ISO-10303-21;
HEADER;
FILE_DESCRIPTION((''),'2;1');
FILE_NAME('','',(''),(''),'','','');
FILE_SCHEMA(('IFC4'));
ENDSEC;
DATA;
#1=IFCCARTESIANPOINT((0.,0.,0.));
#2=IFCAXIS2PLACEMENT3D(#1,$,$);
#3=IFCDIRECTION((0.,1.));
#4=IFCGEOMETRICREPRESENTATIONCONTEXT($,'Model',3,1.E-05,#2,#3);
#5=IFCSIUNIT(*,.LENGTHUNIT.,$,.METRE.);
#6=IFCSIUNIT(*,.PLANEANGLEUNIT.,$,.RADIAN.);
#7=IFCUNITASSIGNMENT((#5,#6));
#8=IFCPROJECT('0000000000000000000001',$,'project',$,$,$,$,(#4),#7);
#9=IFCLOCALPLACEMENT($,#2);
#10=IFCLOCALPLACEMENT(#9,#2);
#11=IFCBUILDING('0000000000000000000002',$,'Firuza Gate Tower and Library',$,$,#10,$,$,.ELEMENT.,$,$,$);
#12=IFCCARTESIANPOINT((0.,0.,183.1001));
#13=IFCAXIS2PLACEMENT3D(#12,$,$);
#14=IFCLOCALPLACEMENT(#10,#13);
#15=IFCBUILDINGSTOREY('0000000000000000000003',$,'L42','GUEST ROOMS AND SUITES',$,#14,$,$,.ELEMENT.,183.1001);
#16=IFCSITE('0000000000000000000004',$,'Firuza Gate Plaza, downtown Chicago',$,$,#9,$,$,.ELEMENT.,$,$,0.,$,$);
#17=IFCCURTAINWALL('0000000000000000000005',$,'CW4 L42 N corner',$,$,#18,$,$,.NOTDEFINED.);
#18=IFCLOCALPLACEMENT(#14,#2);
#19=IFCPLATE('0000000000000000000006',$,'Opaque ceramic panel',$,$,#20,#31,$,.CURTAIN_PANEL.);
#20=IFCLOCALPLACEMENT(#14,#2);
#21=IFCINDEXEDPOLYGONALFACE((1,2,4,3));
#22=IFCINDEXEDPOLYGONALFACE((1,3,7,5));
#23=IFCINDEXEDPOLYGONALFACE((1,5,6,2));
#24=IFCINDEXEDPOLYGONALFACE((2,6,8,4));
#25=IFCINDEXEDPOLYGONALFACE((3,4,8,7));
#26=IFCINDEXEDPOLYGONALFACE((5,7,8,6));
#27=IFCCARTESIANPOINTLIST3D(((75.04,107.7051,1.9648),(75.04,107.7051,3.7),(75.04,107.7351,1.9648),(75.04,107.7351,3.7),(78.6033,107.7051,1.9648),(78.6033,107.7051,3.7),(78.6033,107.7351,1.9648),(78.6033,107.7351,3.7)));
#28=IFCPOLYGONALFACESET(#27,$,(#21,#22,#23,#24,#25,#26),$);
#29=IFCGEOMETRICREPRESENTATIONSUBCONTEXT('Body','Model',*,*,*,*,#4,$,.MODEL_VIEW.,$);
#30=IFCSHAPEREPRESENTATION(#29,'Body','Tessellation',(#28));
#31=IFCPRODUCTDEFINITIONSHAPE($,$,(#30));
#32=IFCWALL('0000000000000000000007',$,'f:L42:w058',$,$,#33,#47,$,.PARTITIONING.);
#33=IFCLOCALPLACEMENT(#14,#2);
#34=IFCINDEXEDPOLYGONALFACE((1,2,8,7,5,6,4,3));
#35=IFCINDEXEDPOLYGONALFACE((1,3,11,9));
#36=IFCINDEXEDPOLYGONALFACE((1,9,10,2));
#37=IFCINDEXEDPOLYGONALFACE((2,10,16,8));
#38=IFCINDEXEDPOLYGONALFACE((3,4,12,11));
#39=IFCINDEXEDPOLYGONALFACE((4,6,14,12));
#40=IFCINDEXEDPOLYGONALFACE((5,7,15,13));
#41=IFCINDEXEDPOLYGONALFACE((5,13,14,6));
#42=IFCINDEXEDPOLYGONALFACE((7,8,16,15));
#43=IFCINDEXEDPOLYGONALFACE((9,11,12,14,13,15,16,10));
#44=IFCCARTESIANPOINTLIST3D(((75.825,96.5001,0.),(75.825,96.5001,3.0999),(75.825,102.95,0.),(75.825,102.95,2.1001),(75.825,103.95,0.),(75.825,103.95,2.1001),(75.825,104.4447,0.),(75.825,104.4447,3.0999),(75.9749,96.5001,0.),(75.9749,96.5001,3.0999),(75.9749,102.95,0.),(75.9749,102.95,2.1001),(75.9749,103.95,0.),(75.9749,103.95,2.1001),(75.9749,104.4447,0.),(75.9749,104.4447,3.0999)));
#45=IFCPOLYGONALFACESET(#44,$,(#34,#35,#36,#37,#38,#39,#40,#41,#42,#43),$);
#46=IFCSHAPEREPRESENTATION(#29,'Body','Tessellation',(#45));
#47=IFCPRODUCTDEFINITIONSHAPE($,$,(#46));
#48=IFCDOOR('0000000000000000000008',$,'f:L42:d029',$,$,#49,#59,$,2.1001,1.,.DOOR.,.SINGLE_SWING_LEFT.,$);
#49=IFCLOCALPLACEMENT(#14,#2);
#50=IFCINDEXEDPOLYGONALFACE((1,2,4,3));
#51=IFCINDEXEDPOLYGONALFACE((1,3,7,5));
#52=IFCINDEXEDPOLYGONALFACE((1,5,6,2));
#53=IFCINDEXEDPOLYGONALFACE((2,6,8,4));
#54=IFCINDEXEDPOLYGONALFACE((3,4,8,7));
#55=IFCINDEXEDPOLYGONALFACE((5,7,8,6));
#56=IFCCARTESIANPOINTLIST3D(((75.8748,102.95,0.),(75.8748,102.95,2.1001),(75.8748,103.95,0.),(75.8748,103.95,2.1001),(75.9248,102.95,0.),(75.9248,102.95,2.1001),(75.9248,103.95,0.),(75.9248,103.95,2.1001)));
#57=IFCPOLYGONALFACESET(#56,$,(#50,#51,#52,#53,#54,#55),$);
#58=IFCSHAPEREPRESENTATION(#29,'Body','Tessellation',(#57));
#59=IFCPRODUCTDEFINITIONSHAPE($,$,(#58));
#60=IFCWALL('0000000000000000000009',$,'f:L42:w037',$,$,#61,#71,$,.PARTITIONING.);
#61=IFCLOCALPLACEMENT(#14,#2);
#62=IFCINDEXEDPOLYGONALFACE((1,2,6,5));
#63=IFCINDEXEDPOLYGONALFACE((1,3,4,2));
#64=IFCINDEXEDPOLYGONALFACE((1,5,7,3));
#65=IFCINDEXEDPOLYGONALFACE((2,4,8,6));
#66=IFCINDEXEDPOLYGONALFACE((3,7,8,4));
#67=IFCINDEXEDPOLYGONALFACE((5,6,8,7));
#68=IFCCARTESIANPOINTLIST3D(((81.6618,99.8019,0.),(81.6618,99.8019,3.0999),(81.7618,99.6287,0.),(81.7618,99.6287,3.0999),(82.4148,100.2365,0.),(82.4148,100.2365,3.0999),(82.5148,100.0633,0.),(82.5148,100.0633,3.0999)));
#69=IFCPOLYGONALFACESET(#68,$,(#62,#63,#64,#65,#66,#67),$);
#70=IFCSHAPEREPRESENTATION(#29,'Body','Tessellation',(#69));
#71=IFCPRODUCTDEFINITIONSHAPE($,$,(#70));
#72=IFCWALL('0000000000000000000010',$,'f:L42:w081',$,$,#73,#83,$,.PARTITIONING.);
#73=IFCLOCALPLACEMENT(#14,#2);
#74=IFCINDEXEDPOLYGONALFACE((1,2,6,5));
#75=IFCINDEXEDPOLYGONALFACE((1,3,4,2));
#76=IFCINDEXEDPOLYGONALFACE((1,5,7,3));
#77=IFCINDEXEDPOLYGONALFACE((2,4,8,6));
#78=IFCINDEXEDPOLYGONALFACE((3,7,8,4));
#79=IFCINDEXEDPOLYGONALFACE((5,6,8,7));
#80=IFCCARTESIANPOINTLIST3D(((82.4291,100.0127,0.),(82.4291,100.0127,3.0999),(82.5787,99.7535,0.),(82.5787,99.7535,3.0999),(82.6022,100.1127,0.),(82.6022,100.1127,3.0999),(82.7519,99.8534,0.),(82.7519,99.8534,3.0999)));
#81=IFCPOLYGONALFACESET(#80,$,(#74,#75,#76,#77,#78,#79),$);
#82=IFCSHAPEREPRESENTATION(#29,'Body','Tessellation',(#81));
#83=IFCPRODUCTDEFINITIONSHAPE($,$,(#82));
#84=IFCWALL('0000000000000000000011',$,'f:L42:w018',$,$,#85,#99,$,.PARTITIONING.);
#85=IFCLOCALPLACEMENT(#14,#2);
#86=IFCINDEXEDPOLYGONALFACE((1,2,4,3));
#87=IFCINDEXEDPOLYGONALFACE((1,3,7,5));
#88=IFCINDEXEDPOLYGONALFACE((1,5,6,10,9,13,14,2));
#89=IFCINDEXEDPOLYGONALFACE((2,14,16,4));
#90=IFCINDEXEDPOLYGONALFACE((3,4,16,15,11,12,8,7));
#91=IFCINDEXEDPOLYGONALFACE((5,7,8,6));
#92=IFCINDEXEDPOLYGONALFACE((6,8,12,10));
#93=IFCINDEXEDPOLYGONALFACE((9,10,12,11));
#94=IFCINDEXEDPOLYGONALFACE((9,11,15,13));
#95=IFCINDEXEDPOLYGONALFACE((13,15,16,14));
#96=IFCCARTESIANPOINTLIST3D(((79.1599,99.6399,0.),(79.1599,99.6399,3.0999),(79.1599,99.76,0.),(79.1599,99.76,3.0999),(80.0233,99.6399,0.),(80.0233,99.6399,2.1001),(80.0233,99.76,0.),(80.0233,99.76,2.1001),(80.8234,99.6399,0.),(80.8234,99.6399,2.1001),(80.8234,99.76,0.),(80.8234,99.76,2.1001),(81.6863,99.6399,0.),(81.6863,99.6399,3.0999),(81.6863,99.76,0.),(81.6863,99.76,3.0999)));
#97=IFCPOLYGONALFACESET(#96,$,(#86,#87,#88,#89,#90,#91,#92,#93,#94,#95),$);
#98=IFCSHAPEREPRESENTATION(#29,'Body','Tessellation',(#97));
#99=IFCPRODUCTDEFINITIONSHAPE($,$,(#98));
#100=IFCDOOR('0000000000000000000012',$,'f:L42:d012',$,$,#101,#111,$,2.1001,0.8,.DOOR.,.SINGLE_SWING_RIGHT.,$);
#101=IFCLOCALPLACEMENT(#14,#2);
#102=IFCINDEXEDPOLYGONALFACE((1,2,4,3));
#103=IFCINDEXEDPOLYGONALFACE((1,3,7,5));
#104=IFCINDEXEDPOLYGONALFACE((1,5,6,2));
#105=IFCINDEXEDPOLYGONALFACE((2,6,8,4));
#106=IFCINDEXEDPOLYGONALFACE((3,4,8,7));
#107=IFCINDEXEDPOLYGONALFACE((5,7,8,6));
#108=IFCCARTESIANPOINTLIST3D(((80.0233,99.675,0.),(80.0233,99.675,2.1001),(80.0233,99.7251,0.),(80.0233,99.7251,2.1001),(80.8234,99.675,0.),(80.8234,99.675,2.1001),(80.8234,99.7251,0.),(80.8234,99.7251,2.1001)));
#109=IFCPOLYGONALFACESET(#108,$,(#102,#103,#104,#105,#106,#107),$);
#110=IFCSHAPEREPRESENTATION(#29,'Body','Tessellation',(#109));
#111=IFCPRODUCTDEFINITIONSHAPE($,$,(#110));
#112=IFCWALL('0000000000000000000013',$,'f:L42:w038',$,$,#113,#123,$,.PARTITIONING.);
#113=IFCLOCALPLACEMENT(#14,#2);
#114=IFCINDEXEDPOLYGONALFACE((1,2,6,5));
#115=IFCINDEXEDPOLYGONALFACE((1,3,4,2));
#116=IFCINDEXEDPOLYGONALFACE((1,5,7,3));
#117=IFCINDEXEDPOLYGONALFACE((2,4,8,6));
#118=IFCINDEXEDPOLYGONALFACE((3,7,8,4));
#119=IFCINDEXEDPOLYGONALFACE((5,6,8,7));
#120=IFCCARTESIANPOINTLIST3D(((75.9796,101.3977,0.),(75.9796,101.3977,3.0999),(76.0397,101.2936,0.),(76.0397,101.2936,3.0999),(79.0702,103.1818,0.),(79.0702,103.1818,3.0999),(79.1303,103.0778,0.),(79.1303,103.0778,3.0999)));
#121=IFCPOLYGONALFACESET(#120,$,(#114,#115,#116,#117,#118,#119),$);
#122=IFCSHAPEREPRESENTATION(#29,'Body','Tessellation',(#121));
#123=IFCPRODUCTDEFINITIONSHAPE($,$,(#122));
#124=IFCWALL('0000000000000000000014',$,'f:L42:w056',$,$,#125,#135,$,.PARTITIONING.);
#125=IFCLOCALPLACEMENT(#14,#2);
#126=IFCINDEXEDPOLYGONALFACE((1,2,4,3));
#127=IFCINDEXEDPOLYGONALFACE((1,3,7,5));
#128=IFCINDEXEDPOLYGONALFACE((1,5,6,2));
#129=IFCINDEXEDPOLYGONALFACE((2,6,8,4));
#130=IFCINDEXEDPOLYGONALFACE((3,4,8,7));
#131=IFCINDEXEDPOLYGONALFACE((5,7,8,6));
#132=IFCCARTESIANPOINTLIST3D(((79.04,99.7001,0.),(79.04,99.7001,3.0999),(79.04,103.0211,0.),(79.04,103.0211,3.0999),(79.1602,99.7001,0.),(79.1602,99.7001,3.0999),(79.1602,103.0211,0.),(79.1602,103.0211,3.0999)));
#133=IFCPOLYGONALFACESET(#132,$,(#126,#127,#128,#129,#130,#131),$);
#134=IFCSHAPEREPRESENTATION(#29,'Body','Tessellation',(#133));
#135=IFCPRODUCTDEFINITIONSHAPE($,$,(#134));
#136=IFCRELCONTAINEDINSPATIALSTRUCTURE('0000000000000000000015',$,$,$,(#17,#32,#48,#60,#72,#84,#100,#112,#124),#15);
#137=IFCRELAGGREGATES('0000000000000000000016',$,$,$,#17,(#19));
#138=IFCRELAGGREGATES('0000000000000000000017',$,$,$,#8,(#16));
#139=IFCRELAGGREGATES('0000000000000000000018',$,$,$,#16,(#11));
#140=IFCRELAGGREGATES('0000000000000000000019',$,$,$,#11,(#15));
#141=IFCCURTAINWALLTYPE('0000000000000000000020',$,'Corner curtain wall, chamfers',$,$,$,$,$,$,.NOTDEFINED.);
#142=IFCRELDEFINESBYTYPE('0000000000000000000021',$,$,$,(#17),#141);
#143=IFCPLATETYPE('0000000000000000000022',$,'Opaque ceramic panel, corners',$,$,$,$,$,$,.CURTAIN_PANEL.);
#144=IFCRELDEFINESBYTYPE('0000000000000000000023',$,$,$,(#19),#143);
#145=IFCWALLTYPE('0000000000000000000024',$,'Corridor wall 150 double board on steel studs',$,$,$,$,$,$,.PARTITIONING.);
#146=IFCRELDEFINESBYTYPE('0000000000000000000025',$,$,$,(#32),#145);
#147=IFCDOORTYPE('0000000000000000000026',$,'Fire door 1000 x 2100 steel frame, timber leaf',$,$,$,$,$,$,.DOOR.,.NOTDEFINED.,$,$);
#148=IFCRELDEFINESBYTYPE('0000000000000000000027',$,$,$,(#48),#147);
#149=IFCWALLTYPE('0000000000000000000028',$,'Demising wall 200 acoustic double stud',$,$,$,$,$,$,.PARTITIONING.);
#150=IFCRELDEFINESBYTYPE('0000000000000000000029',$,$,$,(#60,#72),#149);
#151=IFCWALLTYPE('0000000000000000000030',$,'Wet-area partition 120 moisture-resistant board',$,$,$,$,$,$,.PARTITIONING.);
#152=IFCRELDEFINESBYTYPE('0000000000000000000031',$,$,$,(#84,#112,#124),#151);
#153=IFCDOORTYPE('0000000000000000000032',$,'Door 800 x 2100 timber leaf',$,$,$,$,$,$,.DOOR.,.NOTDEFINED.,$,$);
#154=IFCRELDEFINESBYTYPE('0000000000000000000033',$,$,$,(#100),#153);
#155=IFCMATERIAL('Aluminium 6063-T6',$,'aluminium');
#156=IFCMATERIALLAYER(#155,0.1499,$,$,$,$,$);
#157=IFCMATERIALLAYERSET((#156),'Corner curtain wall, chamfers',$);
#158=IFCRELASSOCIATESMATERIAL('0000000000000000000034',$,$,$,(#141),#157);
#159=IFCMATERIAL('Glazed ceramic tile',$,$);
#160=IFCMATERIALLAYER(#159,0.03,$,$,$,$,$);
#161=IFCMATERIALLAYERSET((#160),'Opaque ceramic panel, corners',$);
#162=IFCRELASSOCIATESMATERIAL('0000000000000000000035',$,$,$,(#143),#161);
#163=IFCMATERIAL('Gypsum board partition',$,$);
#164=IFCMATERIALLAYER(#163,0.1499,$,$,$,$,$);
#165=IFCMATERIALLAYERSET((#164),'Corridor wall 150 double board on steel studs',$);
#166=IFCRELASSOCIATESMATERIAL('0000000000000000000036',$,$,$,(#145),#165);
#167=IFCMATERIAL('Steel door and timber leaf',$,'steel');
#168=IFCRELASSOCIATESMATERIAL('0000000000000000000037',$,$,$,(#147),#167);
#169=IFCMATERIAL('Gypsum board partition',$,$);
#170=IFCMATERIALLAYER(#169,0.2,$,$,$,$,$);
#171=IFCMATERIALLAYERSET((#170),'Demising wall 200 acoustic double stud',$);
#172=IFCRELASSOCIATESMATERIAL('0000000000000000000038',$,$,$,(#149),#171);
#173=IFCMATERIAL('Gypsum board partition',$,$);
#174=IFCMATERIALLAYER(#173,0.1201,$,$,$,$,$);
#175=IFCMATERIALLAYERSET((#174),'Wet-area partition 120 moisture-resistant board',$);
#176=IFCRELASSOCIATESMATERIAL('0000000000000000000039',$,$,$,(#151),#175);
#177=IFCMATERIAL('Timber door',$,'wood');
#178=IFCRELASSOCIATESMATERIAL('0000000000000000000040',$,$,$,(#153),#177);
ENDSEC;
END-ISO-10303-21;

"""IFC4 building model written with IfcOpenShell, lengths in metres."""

from ifc_helpers import new_model, si_unit, direction, frame, frame_2d, origin, place, context, subcontext, project, spatial, polyline, rectangle, outline, extrude, material, layer, layer_set, type_object, element, fill, aggregate, save


model = new_model("IFC4")

# Units and contexts
model_context = context("Model", 3, precision=1e-05, world=origin(), true_north=direction((0.0, 1.0)))
body_context = subcontext(model_context, "Body", "Model", "MODEL_VIEW")
ifc_project = project(units=[si_unit("LENGTHUNIT", "METRE"), si_unit("PLANEANGLEUNIT", "RADIAN")], contexts=[model_context])

# Site, building, storey
site_placement = place(None, origin())
site = spatial("IfcSite", under=ifc_project, at=site_placement, Name="Firuza Gate Plaza, downtown Chicago", CompositionType="ELEMENT", RefElevation=0.0)
building_placement = place(site_placement, origin())
building = spatial("IfcBuilding", under=site, at=building_placement, Name="Firuza Gate Tower and Library", CompositionType="ELEMENT")
storey_placement = place(building_placement, frame((0.0, 0.0, 183.1001)))
storey = spatial("IfcBuildingStorey", under=building, at=storey_placement, Name="L42", Description="GUEST ROOMS AND SUITES", CompositionType="ELEMENT", Elevation=183.1001)

# Curtain wall
ifc_material_1 = material(Name="Aluminium 6063-T6", Category="aluminium")
ifc_layer_1 = layer(ifc_material_1, 0.1499)
ifc_layer_set_1 = layer_set([ifc_layer_1], Name="Corner curtain wall, chamfers")
curtain_wall_type = type_object("IfcCurtainWallType", Name="Corner curtain wall, chamfers", PredefinedType="NOTDEFINED", material=ifc_layer_set_1)
curtain_wall_placement = place(storey_placement, origin())
curtain_wall = element("IfcCurtainWall", 1, at=curtain_wall_placement, inside=storey, type_object=curtain_wall_type, Name="CW4 L42 N corner", PredefinedType="NOTDEFINED")

# Plate
ifc_material_2 = material(Name="Glazed ceramic tile")
ifc_layer_2 = layer(ifc_material_2, 0.03)
ifc_layer_set_2 = layer_set([ifc_layer_2], Name="Opaque ceramic panel, corners")
plate_type_1 = type_object("IfcPlateType", Name="Opaque ceramic panel, corners", PredefinedType="CURTAIN_PANEL", material=ifc_layer_set_2)
plate_1_placement = place(storey_placement, frame((78.6033, 107.7351, 1.9648), z_axis=(0.0, 1.0, 0.0), x_axis=(-1.0, 0.0, 0.0)))
plate_1 = element("IfcPlate", 2, at=plate_1_placement, type_object=plate_type_1, Name="Opaque ceramic panel", PredefinedType="CURTAIN_PANEL", context=body_context, shape_type="SweptSolid", body=[
    extrude(outline(polyline([(0.0, 0.0), (3.5632, 0.0), (3.5632, 1.7351), (0.0, 1.7351), (0.0, 0.0)])), origin(), (0.0, 0.0, -1.0), 0.03),
])
aggregate(curtain_wall, [plate_1])

# Wall, opening, door
ifc_material_3 = material(Name="Gypsum board partition")
ifc_layer_3 = layer(ifc_material_3, 0.1499)
ifc_layer_set_3 = layer_set([ifc_layer_3], Name="Corridor wall 150 double board on steel studs")
wall_type_1 = type_object("IfcWallType", Name="Corridor wall 150 double board on steel studs", PredefinedType="PARTITIONING", material=ifc_layer_set_3)
wall_1_placement = place(storey_placement, frame((75.8999, 104.4446, 0.0), z_axis=(0.0, 0.0, 1.0), x_axis=(0.0, -1.0, 0.0)))
wall_1 = element("IfcWall", 3, at=wall_1_placement, inside=storey, type_object=wall_type_1, Name="f:L42:w058", PredefinedType="PARTITIONING", context=body_context, shape_type="SweptSolid", body=[
    extrude(rectangle(XDim=7.9446, YDim=0.1499, at=frame_2d((3.9722, 0.0))), origin(), (0.0, 0.0, 1.0), 3.0999),
])
opening_1_placement = place(wall_1_placement, frame((0.4946, 0.0, 0.0)))
opening_1 = element("IfcOpeningElement", 4, at=opening_1_placement, cuts=wall_1, PredefinedType="OPENING", context=body_context, shape_type="SweptSolid", body=[
    extrude(rectangle(XDim=1.0, YDim=2.1001, at=frame_2d((0.5, 1.05))), frame((0.0, 0.085, 0.0), z_axis=(0.0, -1.0, 0.0), x_axis=(1.0, 0.0, 0.0)), (0.0, 0.0, 1.0), 0.1699),
])
ifc_material_4 = material(Name="Steel door and timber leaf", Category="steel")
door_type_1 = type_object("IfcDoorType", Name="Fire door 1000 x 2100 steel frame, timber leaf", OperationType="NOTDEFINED", PredefinedType="DOOR", material=ifc_material_4)
door_1_placement = place(opening_1_placement, origin())
door_1 = element("IfcDoor", 5, at=door_1_placement, inside=storey, type_object=door_type_1, Name="f:L42:d029", OperationType="SINGLE_SWING_LEFT", OverallHeight=2.1001, OverallWidth=1.0, PredefinedType="DOOR", context=body_context, shape_type="SweptSolid", body=[
    extrude(rectangle(XDim=1.0, YDim=2.1001, at=frame_2d((0.5, 1.05))), frame((0.0, 0.0249, 0.0), z_axis=(0.0, -1.0, 0.0), x_axis=(1.0, 0.0, 0.0)), (0.0, 0.0, 1.0), 0.05),
])
fill(opening_1, door_1)

# Walls
ifc_material_5 = material(Name="Gypsum board partition")
ifc_layer_4 = layer(ifc_material_5, 0.2)
ifc_layer_set_4 = layer_set([ifc_layer_4], Name="Demising wall 200 acoustic double stud")
wall_type_2 = type_object("IfcWallType", Name="Demising wall 200 acoustic double stud", PredefinedType="PARTITIONING", material=ifc_layer_set_4)
wall_2_placement = place(storey_placement, frame((81.7119, 99.7153, 0.0), z_axis=(0.0, 0.0, 1.0), x_axis=(0.866092, 0.499885, 0.0)))
element("IfcWall", 6, at=wall_2_placement, inside=storey, type_object=wall_type_2, Name="f:L42:w037", PredefinedType="PARTITIONING", context=body_context, shape_type="SweptSolid", body=[
    extrude(rectangle(XDim=0.8694, YDim=0.2, at=frame_2d((0.4346, 0.0))), origin(), (0.0, 0.0, 1.0), 3.0999),
])
wall_3_placement = place(storey_placement, frame((82.6653, 99.8035, 0.0), z_axis=(0.0, 0.0, 1.0), x_axis=(-0.499911, 0.866077, 0.0)))
element("IfcWall", 7, at=wall_3_placement, inside=storey, type_object=wall_type_2, Name="f:L42:w081", PredefinedType="PARTITIONING", context=body_context, shape_type="SweptSolid", body=[
    extrude(rectangle(XDim=0.2993, YDim=0.2, at=frame_2d((0.1497, 0.0))), origin(), (0.0, 0.0, 1.0), 3.0999),
])

# Wall, opening, door
ifc_material_6 = material(Name="Gypsum board partition")
ifc_layer_5 = layer(ifc_material_6, 0.1201)
ifc_layer_set_5 = layer_set([ifc_layer_5], Name="Wet-area partition 120 moisture-resistant board")
wall_type_3 = type_object("IfcWallType", Name="Wet-area partition 120 moisture-resistant board", PredefinedType="PARTITIONING", material=ifc_layer_set_5)
wall_4_placement = place(storey_placement, frame((81.6863, 99.7, 0.0), z_axis=(0.0, 0.0, 1.0), x_axis=(-1.0, 0.0, 0.0)))
wall_4 = element("IfcWall", 8, at=wall_4_placement, inside=storey, type_object=wall_type_3, Name="f:L42:w018", PredefinedType="PARTITIONING", context=body_context, shape_type="SweptSolid", body=[
    extrude(rectangle(XDim=2.5264, YDim=0.1201, at=frame_2d((1.2632, 0.0))), origin(), (0.0, 0.0, 1.0), 3.0999),
])
opening_2_placement = place(wall_4_placement, frame((0.863, 0.0, 0.0)))
opening_2 = element("IfcOpeningElement", 9, at=opening_2_placement, cuts=wall_4, PredefinedType="OPENING", context=body_context, shape_type="SweptSolid", body=[
    extrude(rectangle(XDim=0.8, YDim=2.1001, at=frame_2d((0.3999, 1.05))), frame((0.0, 0.0701, 0.0), z_axis=(0.0, -1.0, 0.0), x_axis=(1.0, 0.0, 0.0)), (0.0, 0.0, 1.0), 0.1401),
])
ifc_material_7 = material(Name="Timber door", Category="wood")
door_type_2 = type_object("IfcDoorType", Name="Door 800 x 2100 timber leaf", OperationType="NOTDEFINED", PredefinedType="DOOR", material=ifc_material_7)
door_2_placement = place(opening_2_placement, origin())
door_2 = element("IfcDoor", 10, at=door_2_placement, inside=storey, type_object=door_type_2, Name="f:L42:d012", OperationType="SINGLE_SWING_RIGHT", OverallHeight=2.1001, OverallWidth=0.8, PredefinedType="DOOR", context=body_context, shape_type="SweptSolid", body=[
    extrude(rectangle(XDim=0.8, YDim=2.1001, at=frame_2d((0.3999, 1.05))), frame((0.0, 0.0249, 0.0), z_axis=(0.0, -1.0, 0.0), x_axis=(1.0, 0.0, 0.0)), (0.0, 0.0, 1.0), 0.05),
])
fill(opening_2, door_2)

# Walls
wall_5_placement = place(storey_placement, frame((76.0098, 101.3457, 0.0), z_axis=(0.0, 0.0, 1.0), x_axis=(0.866045, 0.499965, 0.0)))
element("IfcWall", 11, at=wall_5_placement, inside=storey, type_object=wall_type_3, Name="f:L42:w038", PredefinedType="PARTITIONING", context=body_context, shape_type="SweptSolid", body=[
    extrude(rectangle(XDim=3.5686, YDim=0.1201, at=frame_2d((1.7842, 0.0))), origin(), (0.0, 0.0, 1.0), 3.0999),
])
wall_6_placement = place(storey_placement, frame((79.1001, 99.7, 0.0), z_axis=(0.0, 0.0, 1.0), x_axis=(0.0, 1.0, 0.0)))
element("IfcWall", 12, at=wall_6_placement, inside=storey, type_object=wall_type_3, Name="f:L42:w056", PredefinedType="PARTITIONING", context=body_context, shape_type="SweptSolid", body=[
    extrude(rectangle(XDim=3.321, YDim=0.1201, at=frame_2d((1.6606, 0.0))), origin(), (0.0, 0.0, 1.0), 3.0999),
])

save(model, "model.ifc")
